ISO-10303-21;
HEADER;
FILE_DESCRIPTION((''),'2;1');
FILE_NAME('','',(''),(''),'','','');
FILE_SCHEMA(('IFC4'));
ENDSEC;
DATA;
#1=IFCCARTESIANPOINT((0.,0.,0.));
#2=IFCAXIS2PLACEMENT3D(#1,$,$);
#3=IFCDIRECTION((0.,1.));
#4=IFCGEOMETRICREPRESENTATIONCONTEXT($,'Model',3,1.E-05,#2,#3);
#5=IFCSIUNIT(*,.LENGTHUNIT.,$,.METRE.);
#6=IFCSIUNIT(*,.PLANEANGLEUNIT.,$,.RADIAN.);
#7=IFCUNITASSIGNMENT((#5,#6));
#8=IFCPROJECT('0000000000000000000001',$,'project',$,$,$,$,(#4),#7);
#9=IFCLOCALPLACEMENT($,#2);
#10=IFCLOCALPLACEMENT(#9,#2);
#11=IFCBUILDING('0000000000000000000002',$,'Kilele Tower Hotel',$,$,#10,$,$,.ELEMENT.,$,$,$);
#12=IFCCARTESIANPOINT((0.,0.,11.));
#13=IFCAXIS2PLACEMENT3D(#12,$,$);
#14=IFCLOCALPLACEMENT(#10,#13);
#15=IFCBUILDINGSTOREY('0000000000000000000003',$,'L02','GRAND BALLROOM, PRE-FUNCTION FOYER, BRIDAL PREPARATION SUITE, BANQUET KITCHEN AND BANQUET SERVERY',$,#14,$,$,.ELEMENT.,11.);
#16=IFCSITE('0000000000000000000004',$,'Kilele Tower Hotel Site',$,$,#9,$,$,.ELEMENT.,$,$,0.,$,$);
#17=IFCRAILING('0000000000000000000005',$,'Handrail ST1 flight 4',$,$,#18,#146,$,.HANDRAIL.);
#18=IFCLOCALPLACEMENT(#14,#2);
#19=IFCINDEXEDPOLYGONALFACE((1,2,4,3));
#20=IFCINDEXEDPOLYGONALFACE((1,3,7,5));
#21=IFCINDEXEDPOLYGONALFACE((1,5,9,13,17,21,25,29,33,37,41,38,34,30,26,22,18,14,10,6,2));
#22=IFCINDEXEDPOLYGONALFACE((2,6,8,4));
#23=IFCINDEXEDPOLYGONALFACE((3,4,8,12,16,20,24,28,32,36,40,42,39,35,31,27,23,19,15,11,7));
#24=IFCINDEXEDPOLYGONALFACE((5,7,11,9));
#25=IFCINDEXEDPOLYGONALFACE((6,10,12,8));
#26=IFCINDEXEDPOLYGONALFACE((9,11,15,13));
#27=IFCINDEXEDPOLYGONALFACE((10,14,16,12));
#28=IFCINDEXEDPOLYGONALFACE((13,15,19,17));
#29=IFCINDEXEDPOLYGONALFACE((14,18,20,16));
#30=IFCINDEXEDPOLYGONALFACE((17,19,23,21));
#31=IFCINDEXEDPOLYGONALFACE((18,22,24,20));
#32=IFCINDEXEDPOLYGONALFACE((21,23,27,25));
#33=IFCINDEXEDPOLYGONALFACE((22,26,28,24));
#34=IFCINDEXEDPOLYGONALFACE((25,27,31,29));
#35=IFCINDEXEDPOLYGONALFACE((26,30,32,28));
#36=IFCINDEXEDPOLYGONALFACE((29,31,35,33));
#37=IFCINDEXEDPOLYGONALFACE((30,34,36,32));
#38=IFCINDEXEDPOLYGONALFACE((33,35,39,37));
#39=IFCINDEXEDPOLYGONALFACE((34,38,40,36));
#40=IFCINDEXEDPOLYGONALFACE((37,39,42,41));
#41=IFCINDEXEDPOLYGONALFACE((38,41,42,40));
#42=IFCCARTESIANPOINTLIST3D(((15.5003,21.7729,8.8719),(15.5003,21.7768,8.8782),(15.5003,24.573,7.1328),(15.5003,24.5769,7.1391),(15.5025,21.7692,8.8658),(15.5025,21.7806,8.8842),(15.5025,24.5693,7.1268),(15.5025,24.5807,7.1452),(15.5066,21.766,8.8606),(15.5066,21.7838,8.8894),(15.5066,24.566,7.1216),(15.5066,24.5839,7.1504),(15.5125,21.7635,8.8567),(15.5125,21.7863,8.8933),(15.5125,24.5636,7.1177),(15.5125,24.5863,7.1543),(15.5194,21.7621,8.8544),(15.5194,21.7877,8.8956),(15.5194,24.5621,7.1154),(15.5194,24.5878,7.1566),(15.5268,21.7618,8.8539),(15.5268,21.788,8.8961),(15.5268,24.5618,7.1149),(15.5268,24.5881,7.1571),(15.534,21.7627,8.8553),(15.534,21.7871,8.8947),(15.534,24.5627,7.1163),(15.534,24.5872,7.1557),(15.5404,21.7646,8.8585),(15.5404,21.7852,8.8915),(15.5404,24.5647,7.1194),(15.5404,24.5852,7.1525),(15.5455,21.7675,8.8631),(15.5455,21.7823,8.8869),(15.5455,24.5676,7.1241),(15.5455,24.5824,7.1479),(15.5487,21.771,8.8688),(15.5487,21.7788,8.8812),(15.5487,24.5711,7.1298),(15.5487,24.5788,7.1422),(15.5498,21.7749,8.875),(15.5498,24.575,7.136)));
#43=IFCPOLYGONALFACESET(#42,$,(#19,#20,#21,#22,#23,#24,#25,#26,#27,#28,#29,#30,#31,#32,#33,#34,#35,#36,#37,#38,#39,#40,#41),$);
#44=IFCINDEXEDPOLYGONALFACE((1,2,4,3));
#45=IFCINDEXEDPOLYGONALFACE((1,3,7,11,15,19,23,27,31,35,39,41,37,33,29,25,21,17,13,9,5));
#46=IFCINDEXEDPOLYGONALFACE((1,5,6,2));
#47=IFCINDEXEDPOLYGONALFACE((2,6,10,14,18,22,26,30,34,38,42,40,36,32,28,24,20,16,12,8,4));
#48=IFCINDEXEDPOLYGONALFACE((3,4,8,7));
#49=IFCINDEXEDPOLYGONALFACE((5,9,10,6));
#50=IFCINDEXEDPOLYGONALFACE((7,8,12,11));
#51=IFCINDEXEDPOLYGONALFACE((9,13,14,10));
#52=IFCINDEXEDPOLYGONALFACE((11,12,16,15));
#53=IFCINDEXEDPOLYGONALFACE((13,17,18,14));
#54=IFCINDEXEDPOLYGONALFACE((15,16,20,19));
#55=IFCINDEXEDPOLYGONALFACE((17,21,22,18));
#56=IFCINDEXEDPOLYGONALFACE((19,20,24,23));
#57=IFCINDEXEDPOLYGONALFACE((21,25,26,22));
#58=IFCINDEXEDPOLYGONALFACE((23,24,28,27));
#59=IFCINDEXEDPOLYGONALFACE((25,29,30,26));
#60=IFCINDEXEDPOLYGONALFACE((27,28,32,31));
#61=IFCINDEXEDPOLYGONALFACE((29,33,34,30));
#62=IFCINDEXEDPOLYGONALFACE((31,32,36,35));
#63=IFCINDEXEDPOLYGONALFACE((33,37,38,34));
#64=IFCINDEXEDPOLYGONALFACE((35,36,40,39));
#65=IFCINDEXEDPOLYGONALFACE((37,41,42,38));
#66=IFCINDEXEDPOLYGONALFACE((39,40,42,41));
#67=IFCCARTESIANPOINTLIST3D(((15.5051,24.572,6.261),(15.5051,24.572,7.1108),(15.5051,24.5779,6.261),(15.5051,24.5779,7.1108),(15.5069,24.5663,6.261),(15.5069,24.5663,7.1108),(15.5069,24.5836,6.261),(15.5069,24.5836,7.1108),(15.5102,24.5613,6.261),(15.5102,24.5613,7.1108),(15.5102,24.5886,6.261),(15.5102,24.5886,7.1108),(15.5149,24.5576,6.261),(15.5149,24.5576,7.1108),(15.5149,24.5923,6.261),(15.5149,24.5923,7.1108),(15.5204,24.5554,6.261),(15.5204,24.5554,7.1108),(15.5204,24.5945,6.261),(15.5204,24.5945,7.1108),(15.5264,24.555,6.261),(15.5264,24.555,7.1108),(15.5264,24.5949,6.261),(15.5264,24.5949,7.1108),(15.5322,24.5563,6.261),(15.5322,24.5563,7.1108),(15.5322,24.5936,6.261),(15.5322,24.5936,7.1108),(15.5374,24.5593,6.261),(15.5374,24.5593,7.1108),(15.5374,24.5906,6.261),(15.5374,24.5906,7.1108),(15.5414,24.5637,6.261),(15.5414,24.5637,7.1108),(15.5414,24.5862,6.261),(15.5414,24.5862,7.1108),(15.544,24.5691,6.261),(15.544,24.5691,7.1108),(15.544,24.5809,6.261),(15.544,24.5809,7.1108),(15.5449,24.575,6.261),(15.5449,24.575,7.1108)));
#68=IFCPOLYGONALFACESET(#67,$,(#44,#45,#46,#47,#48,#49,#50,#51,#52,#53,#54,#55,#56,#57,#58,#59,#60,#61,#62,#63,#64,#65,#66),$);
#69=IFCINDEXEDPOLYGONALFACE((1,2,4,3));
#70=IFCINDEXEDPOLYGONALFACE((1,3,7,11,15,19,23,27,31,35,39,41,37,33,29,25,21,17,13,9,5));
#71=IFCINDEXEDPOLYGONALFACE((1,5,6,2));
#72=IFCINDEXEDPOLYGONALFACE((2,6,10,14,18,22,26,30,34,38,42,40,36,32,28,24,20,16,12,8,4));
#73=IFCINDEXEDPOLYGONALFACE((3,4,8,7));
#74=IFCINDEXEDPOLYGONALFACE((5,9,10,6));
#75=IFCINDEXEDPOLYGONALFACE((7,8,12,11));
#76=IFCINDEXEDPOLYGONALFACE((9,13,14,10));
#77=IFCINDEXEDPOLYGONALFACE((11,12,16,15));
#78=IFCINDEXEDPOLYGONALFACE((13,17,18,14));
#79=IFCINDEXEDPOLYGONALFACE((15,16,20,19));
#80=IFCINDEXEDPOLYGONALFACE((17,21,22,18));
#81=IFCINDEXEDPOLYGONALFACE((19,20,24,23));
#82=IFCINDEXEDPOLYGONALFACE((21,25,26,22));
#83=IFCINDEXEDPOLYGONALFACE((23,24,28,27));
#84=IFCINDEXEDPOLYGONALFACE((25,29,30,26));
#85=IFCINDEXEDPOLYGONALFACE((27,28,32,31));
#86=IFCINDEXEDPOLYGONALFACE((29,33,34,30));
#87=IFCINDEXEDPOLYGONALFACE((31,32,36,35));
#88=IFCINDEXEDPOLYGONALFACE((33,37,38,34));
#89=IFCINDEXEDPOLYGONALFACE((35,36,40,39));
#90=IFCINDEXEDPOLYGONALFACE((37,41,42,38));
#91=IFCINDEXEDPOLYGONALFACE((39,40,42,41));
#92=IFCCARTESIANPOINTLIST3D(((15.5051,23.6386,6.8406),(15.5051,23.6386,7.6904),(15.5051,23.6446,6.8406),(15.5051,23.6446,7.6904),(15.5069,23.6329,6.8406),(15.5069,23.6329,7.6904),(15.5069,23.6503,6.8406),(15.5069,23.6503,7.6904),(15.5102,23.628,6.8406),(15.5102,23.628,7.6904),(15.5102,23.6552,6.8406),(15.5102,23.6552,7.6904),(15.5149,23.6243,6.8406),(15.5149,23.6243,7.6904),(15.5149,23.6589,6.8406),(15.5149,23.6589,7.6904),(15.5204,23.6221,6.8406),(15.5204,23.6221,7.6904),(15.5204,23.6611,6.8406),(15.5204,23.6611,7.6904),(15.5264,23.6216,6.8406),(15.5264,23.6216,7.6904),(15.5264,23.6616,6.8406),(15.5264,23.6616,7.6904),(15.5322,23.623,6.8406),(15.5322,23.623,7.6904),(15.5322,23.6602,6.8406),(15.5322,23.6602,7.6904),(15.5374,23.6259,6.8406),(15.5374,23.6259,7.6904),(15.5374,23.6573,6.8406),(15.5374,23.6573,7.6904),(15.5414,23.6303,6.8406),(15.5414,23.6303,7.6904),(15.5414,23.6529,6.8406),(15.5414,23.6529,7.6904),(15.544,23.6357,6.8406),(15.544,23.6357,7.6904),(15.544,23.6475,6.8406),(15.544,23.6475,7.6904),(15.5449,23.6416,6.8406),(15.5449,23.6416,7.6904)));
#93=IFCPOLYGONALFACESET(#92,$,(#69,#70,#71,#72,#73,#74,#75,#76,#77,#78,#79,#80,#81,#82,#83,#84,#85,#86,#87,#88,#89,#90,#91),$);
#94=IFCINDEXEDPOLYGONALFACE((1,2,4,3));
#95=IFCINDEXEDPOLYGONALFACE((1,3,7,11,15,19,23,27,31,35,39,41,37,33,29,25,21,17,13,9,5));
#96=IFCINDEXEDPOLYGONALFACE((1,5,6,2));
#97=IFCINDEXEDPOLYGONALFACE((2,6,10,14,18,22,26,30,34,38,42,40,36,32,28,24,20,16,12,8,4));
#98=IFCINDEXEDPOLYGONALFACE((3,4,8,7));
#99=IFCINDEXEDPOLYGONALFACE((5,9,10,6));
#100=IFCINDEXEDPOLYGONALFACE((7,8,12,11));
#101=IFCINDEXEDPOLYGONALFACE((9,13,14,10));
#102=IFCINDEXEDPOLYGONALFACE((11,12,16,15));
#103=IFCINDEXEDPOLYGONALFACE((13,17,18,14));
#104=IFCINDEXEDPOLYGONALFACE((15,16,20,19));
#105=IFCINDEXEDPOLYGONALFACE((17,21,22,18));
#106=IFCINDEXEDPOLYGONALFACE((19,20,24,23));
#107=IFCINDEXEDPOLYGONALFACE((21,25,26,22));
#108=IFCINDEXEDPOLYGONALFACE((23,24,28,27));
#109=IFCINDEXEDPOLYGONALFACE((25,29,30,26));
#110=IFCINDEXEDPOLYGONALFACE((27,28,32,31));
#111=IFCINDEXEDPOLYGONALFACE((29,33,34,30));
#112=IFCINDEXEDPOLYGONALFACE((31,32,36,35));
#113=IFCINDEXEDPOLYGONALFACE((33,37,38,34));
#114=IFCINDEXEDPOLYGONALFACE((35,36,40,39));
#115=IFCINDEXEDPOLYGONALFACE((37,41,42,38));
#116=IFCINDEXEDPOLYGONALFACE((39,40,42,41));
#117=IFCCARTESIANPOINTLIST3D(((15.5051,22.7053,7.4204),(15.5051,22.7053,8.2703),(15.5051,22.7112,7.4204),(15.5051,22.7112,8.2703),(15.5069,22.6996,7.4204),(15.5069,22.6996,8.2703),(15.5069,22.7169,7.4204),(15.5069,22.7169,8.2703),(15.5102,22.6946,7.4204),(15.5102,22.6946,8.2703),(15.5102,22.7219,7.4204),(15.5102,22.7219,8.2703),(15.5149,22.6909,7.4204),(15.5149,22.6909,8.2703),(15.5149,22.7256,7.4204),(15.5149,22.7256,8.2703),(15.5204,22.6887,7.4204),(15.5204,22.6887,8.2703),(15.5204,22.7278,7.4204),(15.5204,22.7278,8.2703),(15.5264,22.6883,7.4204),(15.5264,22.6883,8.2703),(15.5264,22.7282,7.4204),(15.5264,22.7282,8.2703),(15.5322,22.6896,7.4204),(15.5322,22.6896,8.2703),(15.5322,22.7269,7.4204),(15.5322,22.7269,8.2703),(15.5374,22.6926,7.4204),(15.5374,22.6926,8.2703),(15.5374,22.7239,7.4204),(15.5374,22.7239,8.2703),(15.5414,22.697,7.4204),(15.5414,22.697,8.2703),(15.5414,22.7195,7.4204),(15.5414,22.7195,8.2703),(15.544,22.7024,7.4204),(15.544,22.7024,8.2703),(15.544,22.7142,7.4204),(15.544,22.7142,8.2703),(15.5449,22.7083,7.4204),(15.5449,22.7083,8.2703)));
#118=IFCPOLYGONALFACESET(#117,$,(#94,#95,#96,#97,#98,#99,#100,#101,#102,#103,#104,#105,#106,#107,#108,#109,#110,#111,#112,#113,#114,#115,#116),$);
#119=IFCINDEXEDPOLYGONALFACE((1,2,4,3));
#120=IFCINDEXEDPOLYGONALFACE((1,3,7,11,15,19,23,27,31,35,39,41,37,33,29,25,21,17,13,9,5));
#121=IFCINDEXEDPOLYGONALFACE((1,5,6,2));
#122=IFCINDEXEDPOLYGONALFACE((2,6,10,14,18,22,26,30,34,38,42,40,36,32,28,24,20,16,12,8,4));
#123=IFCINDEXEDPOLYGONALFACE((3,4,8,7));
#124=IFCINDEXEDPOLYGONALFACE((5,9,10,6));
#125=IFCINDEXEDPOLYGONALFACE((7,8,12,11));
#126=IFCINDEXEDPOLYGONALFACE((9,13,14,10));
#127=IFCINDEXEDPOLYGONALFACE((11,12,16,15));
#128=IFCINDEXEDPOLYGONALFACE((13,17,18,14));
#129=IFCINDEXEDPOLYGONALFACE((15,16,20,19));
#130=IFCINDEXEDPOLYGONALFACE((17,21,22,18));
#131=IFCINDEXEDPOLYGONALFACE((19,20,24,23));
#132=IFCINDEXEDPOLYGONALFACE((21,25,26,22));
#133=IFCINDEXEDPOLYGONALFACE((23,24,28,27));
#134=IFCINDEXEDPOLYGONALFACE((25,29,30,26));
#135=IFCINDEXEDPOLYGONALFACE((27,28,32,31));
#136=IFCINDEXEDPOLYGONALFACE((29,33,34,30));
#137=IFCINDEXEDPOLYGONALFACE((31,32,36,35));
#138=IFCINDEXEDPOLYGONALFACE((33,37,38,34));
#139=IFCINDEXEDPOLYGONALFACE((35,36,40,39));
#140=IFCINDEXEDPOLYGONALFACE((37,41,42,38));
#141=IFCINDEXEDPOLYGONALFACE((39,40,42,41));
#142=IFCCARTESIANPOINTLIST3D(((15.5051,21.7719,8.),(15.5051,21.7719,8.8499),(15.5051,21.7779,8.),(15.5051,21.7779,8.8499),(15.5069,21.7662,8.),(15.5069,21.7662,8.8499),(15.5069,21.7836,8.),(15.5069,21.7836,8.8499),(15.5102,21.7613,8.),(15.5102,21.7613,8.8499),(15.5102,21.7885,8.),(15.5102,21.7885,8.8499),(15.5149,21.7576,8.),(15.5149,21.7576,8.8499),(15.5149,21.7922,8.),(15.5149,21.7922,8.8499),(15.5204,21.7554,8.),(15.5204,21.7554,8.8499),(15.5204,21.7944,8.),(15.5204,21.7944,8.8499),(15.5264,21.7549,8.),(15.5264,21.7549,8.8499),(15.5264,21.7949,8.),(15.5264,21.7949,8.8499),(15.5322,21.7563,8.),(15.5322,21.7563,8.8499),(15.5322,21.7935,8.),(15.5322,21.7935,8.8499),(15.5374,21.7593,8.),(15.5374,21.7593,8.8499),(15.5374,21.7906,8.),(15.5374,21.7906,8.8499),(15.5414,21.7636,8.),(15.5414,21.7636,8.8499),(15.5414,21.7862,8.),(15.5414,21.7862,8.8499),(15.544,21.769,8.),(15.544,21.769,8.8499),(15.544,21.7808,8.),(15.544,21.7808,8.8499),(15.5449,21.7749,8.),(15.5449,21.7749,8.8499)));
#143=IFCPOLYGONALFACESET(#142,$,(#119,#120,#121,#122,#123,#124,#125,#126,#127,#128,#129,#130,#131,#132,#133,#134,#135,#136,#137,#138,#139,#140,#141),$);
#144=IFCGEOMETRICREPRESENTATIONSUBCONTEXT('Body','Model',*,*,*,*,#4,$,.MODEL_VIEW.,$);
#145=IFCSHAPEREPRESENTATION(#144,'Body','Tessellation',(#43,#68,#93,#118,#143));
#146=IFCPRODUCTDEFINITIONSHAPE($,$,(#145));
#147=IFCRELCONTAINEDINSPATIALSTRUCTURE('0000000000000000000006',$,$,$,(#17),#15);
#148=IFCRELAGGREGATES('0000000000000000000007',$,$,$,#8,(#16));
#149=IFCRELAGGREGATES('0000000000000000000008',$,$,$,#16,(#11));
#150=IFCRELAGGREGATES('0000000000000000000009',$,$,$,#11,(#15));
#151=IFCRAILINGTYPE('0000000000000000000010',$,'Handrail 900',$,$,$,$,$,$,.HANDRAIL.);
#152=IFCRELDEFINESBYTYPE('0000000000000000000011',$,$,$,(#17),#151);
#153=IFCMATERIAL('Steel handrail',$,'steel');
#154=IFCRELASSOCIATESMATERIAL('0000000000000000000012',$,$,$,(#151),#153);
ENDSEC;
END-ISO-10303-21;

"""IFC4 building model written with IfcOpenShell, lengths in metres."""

from ifc_helpers import new_model, si_unit, direction, frame, origin, origin_2d, place, context, subcontext, project, spatial, circle, extrude, material, type_object, element, save


model = new_model("IFC4")

# Units and contexts
model_context = context("Model", 3, precision=1e-05, world=origin(), true_north=direction((0.0, 1.0)))
body_context = subcontext(model_context, "Body", "Model", "MODEL_VIEW")
ifc_project = project(units=[si_unit("LENGTHUNIT", "METRE"), si_unit("PLANEANGLEUNIT", "RADIAN")], contexts=[model_context])

# Site, building, storey
site_placement = place(None, origin())
site = spatial("IfcSite", under=ifc_project, at=site_placement, Name="Kilele Tower Hotel Site", CompositionType="ELEMENT", RefElevation=0.0)
building_placement = place(site_placement, origin())
building = spatial("IfcBuilding", under=site, at=building_placement, Name="Kilele Tower Hotel", CompositionType="ELEMENT")
storey_placement = place(building_placement, frame((0.0, 0.0, 11.0)))
storey = spatial("IfcBuildingStorey", under=building, at=storey_placement, Name="L02", Description="GRAND BALLROOM, PRE-FUNCTION FOYER, BRIDAL PREPARATION SUITE, BANQUET KITCHEN AND BANQUET SERVERY", CompositionType="ELEMENT", Elevation=11.0)

# Railing
ifc_material_1 = material(Name="Steel handrail", Category="steel")
railing_type_1 = type_object("IfcRailingType", Name="Handrail 900", PredefinedType="HANDRAIL", material=ifc_material_1)
for number, where, name in (
    (1, (15.5249, 24.575, 6.261), "Handrail ST1 flight 4"),
):
    element("IfcRailing", number, at=place(storey_placement, frame(where)), inside=storey, type_object=railing_type_1, Name=name, PredefinedType="HANDRAIL", context=body_context, shape_type="SweptSolid", body=[
        extrude(circle(Radius=0.0249, at=origin_2d()), frame((0.0, 0.0, 0.875), z_axis=(0.0, -0.849497, 0.527593), x_axis=(1.0, 0.0, 0.0)), (0.0, 0.0, 1.0), 3.2961),
        extrude(circle(Radius=0.02, at=origin_2d()), origin(), (0.0, 0.0, 1.0), 0.8499),
        extrude(circle(Radius=0.02, at=origin_2d()), frame((0.0, -0.9333, 0.5796)), (0.0, 0.0, 1.0), 0.8499),
        extrude(circle(Radius=0.02, at=origin_2d()), frame((0.0, -1.8667, 1.1594)), (0.0, 0.0, 1.0), 0.8499),
        extrude(circle(Radius=0.02, at=origin_2d()), frame((0.0, -2.8, 1.739)), (0.0, 0.0, 1.0), 0.8499),
    ])

save(model, "model.ifc")
